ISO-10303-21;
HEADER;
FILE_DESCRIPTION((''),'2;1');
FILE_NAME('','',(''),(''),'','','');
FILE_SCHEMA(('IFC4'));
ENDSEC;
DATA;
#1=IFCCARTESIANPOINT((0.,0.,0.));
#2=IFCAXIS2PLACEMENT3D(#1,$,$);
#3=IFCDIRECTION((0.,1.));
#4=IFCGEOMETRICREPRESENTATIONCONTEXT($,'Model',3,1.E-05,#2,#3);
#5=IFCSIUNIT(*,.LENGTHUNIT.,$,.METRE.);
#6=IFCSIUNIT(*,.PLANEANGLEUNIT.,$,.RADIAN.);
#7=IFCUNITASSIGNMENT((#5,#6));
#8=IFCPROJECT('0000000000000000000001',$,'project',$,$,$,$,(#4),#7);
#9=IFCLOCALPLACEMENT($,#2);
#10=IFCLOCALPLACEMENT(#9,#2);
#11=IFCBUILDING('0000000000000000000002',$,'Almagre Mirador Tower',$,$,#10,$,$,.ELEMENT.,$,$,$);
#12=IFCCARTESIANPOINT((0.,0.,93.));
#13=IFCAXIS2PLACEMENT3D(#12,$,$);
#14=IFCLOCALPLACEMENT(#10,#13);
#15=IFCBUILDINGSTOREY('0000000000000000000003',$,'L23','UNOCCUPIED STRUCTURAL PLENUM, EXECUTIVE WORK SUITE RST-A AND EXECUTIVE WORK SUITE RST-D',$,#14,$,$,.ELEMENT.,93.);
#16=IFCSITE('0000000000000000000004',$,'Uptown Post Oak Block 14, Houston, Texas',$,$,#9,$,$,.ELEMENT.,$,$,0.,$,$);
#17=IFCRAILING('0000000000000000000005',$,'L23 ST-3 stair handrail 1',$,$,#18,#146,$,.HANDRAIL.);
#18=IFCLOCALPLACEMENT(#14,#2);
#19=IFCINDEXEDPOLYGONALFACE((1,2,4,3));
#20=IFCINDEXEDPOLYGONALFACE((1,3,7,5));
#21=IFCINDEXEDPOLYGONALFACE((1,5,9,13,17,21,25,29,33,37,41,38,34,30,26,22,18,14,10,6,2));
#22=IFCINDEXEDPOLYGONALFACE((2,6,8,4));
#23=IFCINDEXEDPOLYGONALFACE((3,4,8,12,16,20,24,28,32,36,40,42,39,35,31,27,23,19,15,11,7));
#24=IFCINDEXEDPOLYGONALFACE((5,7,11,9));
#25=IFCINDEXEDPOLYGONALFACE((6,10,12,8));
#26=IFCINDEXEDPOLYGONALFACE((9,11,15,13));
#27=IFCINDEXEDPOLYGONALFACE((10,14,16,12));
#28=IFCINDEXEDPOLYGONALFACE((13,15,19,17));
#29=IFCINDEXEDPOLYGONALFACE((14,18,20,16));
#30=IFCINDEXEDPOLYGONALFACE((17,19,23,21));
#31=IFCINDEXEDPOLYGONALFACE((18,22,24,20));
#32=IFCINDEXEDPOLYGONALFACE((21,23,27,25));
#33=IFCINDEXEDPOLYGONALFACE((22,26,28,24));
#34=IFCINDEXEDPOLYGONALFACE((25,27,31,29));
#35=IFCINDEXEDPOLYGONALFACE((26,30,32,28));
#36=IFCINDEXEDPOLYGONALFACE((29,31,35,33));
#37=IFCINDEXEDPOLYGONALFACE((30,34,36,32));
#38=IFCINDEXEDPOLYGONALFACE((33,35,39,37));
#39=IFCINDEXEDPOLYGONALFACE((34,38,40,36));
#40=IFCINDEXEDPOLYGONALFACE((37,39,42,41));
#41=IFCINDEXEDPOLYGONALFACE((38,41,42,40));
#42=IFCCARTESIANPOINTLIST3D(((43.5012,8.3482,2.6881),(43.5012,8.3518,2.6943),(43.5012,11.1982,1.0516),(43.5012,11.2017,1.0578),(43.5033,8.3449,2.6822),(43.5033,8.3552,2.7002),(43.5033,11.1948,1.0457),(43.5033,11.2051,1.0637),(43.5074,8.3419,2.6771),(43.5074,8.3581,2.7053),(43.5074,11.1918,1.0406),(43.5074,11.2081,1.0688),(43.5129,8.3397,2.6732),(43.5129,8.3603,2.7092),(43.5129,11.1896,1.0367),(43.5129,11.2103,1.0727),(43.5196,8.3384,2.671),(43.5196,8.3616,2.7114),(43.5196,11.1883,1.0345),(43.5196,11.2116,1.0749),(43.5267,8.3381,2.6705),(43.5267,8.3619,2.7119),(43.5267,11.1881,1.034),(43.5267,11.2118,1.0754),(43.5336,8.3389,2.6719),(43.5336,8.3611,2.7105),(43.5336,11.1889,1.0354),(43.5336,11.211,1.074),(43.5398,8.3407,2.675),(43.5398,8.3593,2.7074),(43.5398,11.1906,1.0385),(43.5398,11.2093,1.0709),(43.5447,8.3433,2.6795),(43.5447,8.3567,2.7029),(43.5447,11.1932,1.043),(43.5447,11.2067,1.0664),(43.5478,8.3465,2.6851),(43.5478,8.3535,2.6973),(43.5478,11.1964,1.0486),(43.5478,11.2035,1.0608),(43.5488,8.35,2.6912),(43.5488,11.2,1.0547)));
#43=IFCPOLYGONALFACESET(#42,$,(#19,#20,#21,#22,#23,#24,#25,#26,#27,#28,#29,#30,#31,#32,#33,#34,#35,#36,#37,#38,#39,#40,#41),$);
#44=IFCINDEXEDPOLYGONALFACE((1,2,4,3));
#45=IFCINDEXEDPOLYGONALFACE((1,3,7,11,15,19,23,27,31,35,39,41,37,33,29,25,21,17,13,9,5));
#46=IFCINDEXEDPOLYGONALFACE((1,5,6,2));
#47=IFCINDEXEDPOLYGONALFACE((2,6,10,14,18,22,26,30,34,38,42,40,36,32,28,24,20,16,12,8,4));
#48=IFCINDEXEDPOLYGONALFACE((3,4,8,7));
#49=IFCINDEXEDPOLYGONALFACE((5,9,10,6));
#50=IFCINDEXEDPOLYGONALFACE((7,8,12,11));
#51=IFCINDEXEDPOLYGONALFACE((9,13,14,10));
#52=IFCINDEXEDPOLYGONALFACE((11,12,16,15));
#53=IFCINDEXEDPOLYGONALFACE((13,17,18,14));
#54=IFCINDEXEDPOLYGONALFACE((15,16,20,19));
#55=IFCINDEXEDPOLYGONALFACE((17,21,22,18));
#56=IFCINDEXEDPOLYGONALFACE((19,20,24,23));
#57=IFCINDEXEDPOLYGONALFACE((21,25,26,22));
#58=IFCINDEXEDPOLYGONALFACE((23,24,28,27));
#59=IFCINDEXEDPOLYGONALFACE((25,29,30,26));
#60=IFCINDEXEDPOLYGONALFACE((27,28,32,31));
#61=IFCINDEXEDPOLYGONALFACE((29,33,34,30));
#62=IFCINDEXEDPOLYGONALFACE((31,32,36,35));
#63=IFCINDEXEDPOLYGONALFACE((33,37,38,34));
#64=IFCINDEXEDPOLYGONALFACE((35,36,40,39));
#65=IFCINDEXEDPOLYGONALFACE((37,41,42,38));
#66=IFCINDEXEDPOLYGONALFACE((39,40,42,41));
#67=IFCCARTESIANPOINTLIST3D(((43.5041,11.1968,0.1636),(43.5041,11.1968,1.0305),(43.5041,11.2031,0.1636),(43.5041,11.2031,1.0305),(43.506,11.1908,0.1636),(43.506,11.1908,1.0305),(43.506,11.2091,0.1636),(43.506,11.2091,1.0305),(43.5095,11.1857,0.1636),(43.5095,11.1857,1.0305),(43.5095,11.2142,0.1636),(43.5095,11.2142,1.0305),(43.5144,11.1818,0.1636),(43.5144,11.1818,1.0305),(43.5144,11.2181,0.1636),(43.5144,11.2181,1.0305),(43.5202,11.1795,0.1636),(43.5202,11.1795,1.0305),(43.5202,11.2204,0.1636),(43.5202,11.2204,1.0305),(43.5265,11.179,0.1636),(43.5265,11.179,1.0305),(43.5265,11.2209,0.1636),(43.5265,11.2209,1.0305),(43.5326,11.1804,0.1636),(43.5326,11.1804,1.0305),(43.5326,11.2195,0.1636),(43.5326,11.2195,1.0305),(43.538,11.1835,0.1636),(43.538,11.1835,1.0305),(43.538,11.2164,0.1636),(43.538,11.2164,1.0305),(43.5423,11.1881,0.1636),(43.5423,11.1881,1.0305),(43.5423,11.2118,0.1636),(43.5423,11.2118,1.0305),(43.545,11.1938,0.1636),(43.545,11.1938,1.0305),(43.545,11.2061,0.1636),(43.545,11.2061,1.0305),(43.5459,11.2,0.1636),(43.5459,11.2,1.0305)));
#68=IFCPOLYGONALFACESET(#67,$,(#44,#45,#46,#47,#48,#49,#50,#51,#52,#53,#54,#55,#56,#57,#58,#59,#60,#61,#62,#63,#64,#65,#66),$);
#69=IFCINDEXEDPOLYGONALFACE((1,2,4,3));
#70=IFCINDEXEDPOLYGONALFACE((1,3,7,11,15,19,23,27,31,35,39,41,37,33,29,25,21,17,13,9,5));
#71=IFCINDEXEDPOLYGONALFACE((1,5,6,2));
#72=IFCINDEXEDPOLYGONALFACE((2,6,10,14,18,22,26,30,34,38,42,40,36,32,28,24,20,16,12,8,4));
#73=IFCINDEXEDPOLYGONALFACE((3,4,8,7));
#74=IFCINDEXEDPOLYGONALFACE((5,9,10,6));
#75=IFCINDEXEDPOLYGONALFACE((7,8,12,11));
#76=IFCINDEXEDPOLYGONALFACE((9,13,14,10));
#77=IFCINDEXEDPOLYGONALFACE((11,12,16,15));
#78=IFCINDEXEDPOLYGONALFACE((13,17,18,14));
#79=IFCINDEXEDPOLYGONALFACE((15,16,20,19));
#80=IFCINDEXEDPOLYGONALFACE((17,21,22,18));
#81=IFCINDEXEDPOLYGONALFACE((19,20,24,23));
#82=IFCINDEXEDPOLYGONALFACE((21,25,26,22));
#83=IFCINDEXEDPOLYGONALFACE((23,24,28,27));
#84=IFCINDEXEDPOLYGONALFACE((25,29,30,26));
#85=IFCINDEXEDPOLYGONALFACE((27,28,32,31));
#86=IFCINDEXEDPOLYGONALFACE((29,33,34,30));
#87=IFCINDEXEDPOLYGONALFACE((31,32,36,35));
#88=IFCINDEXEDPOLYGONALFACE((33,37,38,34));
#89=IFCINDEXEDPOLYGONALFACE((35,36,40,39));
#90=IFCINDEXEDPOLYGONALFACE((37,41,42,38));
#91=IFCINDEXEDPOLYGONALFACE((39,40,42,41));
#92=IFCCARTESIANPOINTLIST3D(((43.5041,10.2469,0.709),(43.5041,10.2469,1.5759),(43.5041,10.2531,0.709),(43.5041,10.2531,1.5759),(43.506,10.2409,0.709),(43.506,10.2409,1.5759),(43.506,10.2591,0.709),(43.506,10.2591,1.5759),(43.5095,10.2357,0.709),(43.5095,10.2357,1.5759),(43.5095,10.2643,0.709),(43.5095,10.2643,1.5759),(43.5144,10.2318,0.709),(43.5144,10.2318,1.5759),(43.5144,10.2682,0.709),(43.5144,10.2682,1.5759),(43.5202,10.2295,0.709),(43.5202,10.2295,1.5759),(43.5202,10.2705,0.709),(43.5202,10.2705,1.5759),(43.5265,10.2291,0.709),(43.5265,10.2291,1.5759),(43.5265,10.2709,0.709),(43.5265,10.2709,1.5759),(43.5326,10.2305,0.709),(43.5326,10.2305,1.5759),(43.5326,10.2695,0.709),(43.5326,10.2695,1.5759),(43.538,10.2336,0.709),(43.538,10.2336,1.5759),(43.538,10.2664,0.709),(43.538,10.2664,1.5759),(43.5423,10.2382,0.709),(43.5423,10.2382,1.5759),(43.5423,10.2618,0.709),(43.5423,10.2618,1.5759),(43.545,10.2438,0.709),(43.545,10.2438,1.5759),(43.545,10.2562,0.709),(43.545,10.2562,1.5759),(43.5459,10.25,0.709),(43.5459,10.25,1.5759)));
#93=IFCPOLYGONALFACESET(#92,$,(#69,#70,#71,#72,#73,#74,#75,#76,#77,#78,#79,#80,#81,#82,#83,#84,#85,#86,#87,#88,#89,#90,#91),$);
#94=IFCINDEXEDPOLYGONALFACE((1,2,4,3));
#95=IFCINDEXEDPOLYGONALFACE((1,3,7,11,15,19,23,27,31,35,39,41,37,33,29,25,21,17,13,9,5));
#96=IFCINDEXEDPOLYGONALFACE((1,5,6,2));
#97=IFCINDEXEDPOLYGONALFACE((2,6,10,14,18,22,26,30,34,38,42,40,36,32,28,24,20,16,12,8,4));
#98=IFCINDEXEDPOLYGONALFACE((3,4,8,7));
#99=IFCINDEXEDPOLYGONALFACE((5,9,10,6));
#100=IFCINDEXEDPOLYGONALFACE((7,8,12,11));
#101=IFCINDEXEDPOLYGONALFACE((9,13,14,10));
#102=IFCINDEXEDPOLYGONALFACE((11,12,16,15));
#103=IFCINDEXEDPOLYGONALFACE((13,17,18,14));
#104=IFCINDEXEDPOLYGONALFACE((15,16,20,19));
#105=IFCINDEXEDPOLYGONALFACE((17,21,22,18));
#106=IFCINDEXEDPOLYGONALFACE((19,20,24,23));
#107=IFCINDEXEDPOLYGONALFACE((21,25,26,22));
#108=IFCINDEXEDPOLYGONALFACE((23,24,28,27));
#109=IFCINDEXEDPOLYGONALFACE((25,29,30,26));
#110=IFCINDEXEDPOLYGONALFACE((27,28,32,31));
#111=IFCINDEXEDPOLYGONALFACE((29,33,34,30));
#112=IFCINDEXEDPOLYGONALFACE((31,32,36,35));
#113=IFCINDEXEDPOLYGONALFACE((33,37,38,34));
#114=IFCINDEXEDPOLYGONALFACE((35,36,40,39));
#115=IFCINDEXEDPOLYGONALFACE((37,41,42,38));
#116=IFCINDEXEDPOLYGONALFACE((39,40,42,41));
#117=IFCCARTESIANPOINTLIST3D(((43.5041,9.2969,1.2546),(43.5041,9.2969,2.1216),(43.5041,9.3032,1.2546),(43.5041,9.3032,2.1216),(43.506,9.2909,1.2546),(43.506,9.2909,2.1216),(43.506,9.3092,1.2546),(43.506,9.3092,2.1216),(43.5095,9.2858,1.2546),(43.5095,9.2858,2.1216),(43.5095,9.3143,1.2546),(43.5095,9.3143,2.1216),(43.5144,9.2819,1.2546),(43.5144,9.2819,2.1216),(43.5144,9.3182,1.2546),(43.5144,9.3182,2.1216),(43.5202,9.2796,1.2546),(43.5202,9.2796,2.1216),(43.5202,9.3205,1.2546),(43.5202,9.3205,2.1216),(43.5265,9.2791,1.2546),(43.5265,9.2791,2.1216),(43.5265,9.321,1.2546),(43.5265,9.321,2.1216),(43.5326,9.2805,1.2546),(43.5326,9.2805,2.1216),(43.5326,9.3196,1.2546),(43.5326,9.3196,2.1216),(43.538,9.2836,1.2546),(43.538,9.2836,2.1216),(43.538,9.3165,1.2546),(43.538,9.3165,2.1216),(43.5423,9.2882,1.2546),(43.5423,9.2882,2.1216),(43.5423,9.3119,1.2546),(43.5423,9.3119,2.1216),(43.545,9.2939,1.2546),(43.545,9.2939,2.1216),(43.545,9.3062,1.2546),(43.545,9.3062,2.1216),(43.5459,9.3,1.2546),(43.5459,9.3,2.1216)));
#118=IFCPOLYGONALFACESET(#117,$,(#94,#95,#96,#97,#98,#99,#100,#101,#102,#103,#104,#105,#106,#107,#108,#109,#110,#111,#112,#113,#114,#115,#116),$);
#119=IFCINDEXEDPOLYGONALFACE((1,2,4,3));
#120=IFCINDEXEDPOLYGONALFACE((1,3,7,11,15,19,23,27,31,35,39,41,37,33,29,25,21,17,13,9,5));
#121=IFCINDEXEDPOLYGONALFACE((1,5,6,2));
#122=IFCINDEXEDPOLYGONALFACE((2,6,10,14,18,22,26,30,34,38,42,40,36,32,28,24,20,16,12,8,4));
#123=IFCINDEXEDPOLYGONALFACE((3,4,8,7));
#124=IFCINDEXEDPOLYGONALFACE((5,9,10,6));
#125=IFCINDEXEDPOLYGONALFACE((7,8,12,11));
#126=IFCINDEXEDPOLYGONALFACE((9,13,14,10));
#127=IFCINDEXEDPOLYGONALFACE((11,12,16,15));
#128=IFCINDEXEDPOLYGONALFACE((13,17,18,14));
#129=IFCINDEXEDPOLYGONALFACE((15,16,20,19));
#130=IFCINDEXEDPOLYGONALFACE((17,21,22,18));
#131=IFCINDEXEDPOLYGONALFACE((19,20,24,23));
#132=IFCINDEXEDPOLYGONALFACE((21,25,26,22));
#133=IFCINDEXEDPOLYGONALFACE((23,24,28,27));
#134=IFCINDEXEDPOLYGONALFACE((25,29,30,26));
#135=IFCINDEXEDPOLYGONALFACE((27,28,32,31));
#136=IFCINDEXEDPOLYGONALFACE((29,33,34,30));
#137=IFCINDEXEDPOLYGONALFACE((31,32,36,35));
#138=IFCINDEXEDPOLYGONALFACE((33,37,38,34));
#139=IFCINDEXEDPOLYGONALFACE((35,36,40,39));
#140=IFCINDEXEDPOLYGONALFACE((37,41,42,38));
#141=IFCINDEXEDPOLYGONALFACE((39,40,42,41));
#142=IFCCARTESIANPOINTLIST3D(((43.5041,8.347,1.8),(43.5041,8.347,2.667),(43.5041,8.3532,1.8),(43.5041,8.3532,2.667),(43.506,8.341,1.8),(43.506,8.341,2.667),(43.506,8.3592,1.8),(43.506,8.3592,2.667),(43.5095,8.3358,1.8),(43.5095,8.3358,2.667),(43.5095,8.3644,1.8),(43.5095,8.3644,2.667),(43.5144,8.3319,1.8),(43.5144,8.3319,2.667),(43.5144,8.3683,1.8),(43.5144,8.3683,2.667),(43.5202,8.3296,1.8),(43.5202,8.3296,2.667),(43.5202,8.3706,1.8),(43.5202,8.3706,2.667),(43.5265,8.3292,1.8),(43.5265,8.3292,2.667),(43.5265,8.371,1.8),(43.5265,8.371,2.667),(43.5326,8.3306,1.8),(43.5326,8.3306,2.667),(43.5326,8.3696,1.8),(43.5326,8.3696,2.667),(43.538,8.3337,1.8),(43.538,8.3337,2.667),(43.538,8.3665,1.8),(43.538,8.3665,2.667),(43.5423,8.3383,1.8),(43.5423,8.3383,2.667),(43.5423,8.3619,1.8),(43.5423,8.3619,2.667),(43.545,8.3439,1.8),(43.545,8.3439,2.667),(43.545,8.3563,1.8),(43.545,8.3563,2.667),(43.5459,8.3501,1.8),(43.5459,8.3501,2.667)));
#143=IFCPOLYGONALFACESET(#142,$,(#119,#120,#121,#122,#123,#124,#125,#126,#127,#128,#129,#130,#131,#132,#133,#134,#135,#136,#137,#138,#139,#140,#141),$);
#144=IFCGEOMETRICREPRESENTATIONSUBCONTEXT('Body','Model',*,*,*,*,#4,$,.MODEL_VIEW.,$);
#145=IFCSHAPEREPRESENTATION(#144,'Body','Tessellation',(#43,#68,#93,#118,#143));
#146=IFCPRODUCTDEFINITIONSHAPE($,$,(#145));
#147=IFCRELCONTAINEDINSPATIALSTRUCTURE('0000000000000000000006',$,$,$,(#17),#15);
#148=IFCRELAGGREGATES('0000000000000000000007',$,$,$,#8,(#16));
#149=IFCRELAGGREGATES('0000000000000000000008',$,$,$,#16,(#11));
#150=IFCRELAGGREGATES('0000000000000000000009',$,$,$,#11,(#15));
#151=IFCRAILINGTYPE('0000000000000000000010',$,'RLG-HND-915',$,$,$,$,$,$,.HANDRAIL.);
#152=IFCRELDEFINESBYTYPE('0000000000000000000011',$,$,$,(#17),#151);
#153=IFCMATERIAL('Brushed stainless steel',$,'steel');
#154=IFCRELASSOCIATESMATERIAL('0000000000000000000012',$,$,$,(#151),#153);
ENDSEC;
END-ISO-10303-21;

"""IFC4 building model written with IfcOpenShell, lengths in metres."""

from ifc_helpers import new_model, si_unit, direction, frame, origin, origin_2d, place, context, subcontext, project, spatial, circle, extrude, material, type_object, element, save


model = new_model("IFC4")

# Units and contexts
model_context = context("Model", 3, precision=1e-05, world=origin(), true_north=direction((0.0, 1.0)))
body_context = subcontext(model_context, "Body", "Model", "MODEL_VIEW")
ifc_project = project(units=[si_unit("LENGTHUNIT", "METRE"), si_unit("PLANEANGLEUNIT", "RADIAN")], contexts=[model_context])

# Site, building, storey
site_placement = place(None, origin())
site = spatial("IfcSite", under=ifc_project, at=site_placement, Name="Uptown Post Oak Block 14, Houston, Texas", CompositionType="ELEMENT", RefElevation=0.0)
building_placement = place(site_placement, origin())
building = spatial("IfcBuilding", under=site, at=building_placement, Name="Almagre Mirador Tower", CompositionType="ELEMENT")
storey_placement = place(building_placement, frame((0.0, 0.0, 93.0)))
storey = spatial("IfcBuildingStorey", under=building, at=storey_placement, Name="L23", Description="UNOCCUPIED STRUCTURAL PLENUM, EXECUTIVE WORK SUITE RST-A AND EXECUTIVE WORK SUITE RST-D", CompositionType="ELEMENT", Elevation=93.0)

# Railing
ifc_material_1 = material(Name="Brushed stainless steel", Category="steel")
railing_type_1 = type_object("IfcRailingType", Name="RLG-HND-915", PredefinedType="HANDRAIL", material=ifc_material_1)
railing_1_placement = place(storey_placement, frame((43.5249, 11.2, 0.1636)))
element("IfcRailing", 1, at=railing_1_placement, inside=storey, type_object=railing_type_1, Name="L23 ST-3 stair handrail 1", PredefinedType="HANDRAIL", context=body_context, shape_type="SweptSolid", body=[
    extrude(circle(Radius=0.0239, at=origin_2d()), frame((0.0, 0.0, 0.8911), z_axis=(0.0, -0.867194, 0.49797), x_axis=(1.0, 0.0, 0.0)), (0.0, 0.0, 1.0), 3.2864),
    extrude(circle(Radius=0.021, at=origin_2d()), origin(), (0.0, 0.0, 1.0), 0.8669),
    extrude(circle(Radius=0.021, at=origin_2d()), frame((0.0, -0.95, 0.5454)), (0.0, 0.0, 1.0), 0.8669),
    extrude(circle(Radius=0.021, at=origin_2d()), frame((0.0, -1.8999, 1.0911)), (0.0, 0.0, 1.0), 0.8669),
    extrude(circle(Radius=0.021, at=origin_2d()), frame((0.0, -2.8499, 1.6365)), (0.0, 0.0, 1.0), 0.8669),
])

save(model, "model.ifc")
